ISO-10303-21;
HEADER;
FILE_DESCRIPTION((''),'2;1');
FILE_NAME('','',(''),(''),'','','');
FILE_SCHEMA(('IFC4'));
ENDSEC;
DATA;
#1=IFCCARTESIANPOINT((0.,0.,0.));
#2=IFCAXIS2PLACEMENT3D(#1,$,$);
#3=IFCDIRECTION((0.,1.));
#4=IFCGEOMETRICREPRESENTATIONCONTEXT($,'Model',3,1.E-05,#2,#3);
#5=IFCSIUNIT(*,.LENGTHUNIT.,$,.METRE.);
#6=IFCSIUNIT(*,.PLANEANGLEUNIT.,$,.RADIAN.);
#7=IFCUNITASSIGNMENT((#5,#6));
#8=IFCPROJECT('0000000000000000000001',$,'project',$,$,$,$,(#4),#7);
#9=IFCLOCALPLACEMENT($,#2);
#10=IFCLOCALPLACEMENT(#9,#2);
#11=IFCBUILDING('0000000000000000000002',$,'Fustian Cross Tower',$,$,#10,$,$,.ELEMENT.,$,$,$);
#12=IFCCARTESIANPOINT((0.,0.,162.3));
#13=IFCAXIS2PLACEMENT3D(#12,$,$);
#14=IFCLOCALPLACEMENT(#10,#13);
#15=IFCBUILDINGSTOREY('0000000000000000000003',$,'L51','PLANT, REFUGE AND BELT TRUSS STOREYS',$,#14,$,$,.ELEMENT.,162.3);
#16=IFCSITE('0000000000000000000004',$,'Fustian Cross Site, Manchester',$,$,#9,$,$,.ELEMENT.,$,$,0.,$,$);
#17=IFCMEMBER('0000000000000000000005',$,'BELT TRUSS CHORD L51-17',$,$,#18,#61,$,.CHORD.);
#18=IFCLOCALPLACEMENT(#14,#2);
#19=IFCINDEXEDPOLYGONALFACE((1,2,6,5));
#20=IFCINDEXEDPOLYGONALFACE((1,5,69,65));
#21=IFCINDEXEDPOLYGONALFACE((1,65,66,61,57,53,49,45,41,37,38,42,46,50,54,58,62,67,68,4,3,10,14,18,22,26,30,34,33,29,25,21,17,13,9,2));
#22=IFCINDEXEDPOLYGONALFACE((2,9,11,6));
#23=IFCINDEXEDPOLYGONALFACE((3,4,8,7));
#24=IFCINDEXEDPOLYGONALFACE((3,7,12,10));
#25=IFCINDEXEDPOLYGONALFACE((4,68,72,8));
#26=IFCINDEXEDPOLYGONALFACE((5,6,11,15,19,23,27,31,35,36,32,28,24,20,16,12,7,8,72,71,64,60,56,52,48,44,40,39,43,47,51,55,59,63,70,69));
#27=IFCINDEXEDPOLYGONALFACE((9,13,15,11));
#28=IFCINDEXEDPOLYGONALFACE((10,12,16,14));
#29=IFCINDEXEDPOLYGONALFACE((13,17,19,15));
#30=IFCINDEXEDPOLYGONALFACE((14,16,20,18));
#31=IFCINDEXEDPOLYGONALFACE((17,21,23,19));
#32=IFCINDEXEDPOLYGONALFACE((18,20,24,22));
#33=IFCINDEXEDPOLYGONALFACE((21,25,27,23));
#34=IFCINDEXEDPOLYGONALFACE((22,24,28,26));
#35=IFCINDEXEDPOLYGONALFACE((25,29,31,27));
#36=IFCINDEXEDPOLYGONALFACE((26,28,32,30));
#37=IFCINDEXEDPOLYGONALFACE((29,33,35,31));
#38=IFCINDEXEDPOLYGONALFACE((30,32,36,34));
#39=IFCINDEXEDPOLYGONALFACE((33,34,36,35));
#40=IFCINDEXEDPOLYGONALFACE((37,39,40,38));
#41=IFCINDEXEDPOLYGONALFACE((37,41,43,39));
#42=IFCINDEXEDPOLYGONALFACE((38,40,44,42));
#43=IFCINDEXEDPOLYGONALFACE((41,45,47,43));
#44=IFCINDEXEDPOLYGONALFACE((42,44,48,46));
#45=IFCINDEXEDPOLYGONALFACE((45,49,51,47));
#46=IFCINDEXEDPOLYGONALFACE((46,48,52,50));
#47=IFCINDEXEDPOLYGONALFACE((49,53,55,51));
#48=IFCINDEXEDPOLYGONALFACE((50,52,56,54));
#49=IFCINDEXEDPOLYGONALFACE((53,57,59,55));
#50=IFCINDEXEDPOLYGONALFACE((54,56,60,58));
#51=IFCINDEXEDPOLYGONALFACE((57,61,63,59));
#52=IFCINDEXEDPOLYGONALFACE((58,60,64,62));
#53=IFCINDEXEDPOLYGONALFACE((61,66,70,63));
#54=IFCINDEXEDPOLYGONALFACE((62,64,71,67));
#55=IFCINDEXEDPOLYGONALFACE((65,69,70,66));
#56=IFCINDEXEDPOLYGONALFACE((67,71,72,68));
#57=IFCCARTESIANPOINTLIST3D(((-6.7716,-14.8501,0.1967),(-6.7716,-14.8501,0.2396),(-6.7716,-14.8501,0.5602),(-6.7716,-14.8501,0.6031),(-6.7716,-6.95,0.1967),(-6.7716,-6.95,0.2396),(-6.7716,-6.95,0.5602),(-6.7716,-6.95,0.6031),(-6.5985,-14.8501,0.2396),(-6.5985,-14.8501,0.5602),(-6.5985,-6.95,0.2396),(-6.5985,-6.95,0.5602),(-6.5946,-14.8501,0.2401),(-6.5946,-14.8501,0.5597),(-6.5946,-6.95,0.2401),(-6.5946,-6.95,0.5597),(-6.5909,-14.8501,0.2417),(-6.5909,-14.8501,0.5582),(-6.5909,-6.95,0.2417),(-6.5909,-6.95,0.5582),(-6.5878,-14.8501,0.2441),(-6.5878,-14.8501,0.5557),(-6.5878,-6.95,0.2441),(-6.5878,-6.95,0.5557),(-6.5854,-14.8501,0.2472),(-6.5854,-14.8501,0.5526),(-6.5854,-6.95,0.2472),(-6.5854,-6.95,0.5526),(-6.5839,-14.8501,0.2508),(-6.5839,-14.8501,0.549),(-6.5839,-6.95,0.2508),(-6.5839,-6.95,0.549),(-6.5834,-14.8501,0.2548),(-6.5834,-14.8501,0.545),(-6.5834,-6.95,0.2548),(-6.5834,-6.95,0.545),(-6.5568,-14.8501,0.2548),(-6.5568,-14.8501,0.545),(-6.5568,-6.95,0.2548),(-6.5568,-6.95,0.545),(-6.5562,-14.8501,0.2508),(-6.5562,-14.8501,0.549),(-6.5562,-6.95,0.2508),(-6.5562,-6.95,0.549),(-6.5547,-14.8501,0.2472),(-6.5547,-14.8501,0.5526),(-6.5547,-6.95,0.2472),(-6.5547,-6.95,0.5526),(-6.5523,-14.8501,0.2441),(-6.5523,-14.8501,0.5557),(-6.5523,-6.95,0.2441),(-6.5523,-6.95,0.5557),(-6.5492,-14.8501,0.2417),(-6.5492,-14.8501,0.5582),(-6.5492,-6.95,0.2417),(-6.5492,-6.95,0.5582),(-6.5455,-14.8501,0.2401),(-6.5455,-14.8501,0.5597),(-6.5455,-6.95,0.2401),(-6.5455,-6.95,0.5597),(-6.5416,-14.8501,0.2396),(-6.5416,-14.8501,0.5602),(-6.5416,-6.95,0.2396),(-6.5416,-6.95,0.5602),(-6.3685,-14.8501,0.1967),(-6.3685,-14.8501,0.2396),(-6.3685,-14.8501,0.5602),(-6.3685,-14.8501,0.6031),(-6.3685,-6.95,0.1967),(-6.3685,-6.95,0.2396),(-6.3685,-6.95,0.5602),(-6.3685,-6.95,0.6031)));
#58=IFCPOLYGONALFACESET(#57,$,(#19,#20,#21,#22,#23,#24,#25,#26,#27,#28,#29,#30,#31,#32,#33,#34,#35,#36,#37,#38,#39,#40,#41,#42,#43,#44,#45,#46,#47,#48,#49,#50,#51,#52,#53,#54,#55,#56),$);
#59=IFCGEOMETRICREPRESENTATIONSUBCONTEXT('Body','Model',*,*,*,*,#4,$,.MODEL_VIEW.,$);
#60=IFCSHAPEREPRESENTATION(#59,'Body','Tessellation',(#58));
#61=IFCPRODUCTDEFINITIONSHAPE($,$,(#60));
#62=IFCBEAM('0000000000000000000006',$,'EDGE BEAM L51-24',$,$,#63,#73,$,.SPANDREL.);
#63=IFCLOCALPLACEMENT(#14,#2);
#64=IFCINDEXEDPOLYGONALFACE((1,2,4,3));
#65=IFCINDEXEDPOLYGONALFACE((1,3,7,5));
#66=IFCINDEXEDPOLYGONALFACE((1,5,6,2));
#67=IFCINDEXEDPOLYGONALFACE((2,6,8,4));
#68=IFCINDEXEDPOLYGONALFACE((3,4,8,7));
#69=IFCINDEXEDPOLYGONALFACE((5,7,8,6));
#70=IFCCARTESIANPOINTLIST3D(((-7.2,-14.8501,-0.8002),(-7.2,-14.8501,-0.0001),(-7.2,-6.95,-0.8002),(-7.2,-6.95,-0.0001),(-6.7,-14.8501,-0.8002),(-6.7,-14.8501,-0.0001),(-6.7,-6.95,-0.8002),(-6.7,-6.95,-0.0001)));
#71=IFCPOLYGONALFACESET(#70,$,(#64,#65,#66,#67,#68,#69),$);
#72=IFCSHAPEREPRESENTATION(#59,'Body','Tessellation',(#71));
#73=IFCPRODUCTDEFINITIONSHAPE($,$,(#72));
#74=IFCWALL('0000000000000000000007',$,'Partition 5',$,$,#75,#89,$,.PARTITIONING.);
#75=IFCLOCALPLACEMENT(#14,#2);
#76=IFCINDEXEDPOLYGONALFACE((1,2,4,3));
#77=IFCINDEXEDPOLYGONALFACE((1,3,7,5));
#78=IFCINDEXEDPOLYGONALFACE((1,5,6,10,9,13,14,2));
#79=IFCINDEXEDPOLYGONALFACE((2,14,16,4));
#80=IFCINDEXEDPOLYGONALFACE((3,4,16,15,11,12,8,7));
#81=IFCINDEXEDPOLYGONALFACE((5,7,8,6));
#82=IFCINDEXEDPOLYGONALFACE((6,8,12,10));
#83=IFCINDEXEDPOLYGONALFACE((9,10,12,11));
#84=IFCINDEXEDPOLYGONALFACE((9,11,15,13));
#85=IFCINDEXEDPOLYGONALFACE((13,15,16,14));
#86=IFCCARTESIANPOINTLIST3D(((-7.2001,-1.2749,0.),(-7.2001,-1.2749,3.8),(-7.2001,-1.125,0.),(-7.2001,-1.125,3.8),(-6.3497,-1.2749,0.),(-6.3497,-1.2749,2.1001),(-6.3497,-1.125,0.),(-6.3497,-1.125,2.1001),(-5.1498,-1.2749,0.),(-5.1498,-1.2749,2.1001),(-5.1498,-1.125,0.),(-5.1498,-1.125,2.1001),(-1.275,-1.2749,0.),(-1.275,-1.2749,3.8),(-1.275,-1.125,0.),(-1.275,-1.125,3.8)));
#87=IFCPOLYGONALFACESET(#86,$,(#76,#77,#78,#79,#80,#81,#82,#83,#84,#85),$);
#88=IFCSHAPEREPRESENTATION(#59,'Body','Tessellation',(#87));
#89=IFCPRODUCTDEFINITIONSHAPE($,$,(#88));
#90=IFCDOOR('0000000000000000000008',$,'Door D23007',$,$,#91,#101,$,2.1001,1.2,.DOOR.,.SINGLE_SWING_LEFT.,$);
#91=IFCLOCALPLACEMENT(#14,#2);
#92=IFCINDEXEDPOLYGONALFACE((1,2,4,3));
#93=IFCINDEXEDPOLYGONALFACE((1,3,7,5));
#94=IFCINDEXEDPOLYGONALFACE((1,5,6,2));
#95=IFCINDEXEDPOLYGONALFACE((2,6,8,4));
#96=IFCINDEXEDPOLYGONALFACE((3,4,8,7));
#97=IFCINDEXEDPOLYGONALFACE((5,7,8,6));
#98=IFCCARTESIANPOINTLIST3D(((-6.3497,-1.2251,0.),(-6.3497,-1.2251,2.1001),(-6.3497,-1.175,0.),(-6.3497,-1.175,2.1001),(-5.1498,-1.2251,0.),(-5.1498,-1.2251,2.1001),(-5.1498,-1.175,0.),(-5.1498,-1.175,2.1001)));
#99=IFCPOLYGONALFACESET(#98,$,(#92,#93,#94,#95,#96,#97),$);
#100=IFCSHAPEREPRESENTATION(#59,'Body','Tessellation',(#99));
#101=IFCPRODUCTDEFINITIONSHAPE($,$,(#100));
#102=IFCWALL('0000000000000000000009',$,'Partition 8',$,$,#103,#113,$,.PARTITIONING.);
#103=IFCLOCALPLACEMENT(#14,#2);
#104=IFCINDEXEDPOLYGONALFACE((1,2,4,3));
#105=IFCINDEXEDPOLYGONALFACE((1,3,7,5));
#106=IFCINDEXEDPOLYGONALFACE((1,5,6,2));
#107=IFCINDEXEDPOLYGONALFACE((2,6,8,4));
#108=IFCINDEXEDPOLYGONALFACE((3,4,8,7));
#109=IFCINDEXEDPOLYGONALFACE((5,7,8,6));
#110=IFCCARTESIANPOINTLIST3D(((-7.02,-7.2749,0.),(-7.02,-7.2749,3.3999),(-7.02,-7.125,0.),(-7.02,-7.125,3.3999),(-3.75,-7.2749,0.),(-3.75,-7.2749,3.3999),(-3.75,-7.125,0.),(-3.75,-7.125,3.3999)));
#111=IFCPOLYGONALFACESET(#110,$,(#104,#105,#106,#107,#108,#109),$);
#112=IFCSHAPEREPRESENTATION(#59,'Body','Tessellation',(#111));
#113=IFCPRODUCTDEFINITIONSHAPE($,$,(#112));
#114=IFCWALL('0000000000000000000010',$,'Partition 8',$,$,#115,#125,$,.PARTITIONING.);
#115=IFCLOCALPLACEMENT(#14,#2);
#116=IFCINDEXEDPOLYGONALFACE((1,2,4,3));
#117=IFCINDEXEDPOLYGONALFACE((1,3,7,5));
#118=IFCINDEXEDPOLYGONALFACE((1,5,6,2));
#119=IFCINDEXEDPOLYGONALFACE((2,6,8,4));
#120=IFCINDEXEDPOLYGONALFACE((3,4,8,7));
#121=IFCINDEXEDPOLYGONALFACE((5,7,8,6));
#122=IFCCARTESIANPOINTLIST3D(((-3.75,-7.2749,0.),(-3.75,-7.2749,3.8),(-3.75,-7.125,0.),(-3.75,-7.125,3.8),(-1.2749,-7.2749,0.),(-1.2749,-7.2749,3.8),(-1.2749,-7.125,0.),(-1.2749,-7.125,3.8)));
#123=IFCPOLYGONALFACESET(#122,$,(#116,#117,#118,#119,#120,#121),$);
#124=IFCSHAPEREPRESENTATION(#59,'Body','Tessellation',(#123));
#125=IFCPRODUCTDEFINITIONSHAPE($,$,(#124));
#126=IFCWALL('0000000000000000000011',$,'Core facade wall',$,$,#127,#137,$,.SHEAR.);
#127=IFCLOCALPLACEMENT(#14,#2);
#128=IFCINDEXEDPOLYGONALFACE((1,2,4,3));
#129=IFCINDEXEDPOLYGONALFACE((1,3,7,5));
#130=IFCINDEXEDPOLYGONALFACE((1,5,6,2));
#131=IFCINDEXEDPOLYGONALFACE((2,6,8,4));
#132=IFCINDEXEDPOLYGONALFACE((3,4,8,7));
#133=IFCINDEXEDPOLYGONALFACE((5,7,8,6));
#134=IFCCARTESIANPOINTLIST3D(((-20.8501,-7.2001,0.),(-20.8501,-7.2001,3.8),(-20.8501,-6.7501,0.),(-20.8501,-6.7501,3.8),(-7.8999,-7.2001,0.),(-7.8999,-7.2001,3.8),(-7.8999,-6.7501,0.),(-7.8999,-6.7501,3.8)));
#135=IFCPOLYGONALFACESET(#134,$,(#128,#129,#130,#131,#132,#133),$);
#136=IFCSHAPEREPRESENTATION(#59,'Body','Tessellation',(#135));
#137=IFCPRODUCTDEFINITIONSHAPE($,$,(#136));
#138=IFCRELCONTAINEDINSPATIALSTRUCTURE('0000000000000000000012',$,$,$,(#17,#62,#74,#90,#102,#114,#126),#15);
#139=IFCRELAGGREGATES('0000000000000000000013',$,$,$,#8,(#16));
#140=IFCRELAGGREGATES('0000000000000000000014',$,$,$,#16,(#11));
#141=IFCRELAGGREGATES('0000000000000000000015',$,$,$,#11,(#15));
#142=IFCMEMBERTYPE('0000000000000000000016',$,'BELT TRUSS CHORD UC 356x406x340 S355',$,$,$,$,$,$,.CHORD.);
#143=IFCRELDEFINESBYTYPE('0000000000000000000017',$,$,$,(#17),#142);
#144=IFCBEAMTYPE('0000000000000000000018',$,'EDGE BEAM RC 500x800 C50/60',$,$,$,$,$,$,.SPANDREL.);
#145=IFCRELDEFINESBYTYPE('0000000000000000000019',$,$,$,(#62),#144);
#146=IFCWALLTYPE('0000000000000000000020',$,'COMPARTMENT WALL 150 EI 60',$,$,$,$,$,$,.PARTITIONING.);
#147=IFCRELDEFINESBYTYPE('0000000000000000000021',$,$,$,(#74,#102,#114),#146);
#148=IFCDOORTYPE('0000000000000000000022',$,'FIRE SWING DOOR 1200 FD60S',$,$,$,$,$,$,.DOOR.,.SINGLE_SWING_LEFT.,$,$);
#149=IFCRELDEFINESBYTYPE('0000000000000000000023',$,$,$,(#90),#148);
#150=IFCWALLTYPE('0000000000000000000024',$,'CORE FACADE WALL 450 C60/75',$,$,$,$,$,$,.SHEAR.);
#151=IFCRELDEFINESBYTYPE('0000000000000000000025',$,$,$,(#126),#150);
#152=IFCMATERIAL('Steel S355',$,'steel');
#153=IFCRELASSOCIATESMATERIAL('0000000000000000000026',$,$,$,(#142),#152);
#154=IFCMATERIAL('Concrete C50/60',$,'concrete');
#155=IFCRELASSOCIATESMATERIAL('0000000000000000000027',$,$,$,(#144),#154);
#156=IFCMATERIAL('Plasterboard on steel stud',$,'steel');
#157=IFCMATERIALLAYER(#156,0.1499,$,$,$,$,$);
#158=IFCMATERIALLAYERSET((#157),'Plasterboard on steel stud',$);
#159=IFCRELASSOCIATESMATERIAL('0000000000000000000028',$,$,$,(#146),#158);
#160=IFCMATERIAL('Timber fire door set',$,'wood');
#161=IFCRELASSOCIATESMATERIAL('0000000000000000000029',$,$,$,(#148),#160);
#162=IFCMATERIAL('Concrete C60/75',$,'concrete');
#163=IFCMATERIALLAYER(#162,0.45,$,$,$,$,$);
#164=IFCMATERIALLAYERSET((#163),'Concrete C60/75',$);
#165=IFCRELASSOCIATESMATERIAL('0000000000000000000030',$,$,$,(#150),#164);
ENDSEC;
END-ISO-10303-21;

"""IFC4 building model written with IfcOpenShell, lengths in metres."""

from ifc_helpers import new_model, si_unit, direction, frame, frame_2d, origin, origin_2d, place, context, subcontext, project, spatial, rectangle, i_section, extrude, material, layer, layer_set, material_profile, profile_set, type_object, element, fill, save


model = new_model("IFC4")

# Units and contexts
model_context = context("Model", 3, precision=1e-05, world=origin(), true_north=direction((0.0, 1.0)))
body_context = subcontext(model_context, "Body", "Model", "MODEL_VIEW")
ifc_project = project(units=[si_unit("LENGTHUNIT", "METRE"), si_unit("PLANEANGLEUNIT", "RADIAN")], contexts=[model_context])

# Site, building, storey
site_placement = place(None, origin())
site = spatial("IfcSite", under=ifc_project, at=site_placement, Name="Fustian Cross Site, Manchester", CompositionType="ELEMENT", RefElevation=0.0)
building_placement = place(site_placement, origin())
building = spatial("IfcBuilding", under=site, at=building_placement, Name="Fustian Cross Tower", CompositionType="ELEMENT")
storey_placement = place(building_placement, frame((0.0, 0.0, 162.3)))
storey = spatial("IfcBuildingStorey", under=building, at=storey_placement, Name="L51", Description="PLANT, REFUGE AND BELT TRUSS STOREYS", CompositionType="ELEMENT", Elevation=162.3)

# Member
ifc_material_1 = material(Name="Steel S355", Category="steel")
ifc_material_profile_1 = material_profile(ifc_material_1, i_section(OverallWidth=0.4031, OverallDepth=0.4065, WebThickness=0.0266, FlangeThickness=0.043, FilletRadius=0.0151, at=origin_2d()), Name="UC 356x406x340")
ifc_profile_set_1 = profile_set([ifc_material_profile_1], Name="Steel S355")
member_type_1 = type_object("IfcMemberType", Name="BELT TRUSS CHORD UC 356x406x340 S355", PredefinedType="CHORD", material=ifc_profile_set_1)
for number, where, z_axis, x_axis, name in (
    (1, (-6.5701, -6.95, 0.3999), (0.0, -1.0, 0.0), (1.0, 0.0, 0.0), "BELT TRUSS CHORD L51-17"),
):
    element("IfcMember", number, at=place(storey_placement, frame(where, z_axis=z_axis, x_axis=x_axis)), inside=storey, type_object=member_type_1, Name=name, PredefinedType="CHORD", context=body_context, shape_type="SweptSolid", body=[
        extrude(i_section(OverallWidth=0.4031, OverallDepth=0.4065, WebThickness=0.0266, FlangeThickness=0.043, FilletRadius=0.0151, at=origin_2d()), origin(), (0.0, 0.0, 1.0), 7.9001),
    ])

# Beam
ifc_material_2 = material(Name="Concrete C50/60", Category="concrete")
ifc_material_profile_2 = material_profile(ifc_material_2, rectangle(XDim=0.5, YDim=0.8, at=origin_2d()), Name="RC 500x800")
ifc_profile_set_2 = profile_set([ifc_material_profile_2], Name="Concrete C50/60")
beam_type = type_object("IfcBeamType", Name="EDGE BEAM RC 500x800 C50/60", PredefinedType="SPANDREL", material=ifc_profile_set_2)
beam_placement = place(storey_placement, frame((-6.95, -6.95, -0.4001), z_axis=(0.0, -1.0, 0.0), x_axis=(1.0, 0.0, 0.0)))
element("IfcBeam", 2, at=beam_placement, inside=storey, type_object=beam_type, Name="EDGE BEAM L51-24", PredefinedType="SPANDREL", context=body_context, shape_type="SweptSolid", body=[
    extrude(rectangle(XDim=0.5, YDim=0.8, at=origin_2d()), origin(), (0.0, 0.0, 1.0), 7.9001),
])

# Wall, opening, door
ifc_material_3 = material(Name="Plasterboard on steel stud", Category="steel")
ifc_layer_1 = layer(ifc_material_3, 0.1499)
ifc_layer_set_1 = layer_set([ifc_layer_1], Name="Plasterboard on steel stud")
wall_type_1 = type_object("IfcWallType", Name="COMPARTMENT WALL 150 EI 60", PredefinedType="PARTITIONING", material=ifc_layer_set_1)
wall_1_placement = place(storey_placement, frame((-7.2, -1.2, 0.0), z_axis=(0.0, 0.0, 1.0), x_axis=(1.0, 0.0, 0.0)))
wall_1 = element("IfcWall", 3, at=wall_1_placement, inside=storey, type_object=wall_type_1, Name="Partition 5", PredefinedType="PARTITIONING", context=body_context, shape_type="SweptSolid", body=[
    extrude(rectangle(XDim=5.925, YDim=0.1499, at=frame_2d((2.9624, 0.0))), origin(), (0.0, 0.0, 1.0), 3.8),
])
opening_1_placement = place(wall_1_placement, frame((0.8501, 0.0, 0.0)))
opening_1 = element("IfcOpeningElement", 4, at=opening_1_placement, cuts=wall_1, PredefinedType="OPENING", context=body_context, shape_type="SweptSolid", body=[
    extrude(rectangle(XDim=1.2, YDim=2.1001, at=frame_2d((0.6001, 1.05))), frame((0.0, 0.085, 0.0), z_axis=(0.0, -1.0, 0.0), x_axis=(1.0, 0.0, 0.0)), (0.0, 0.0, 1.0), 0.1699),
])
ifc_material_4 = material(Name="Timber fire door set", Category="wood")
door_type_1 = type_object("IfcDoorType", Name="FIRE SWING DOOR 1200 FD60S", OperationType="SINGLE_SWING_LEFT", PredefinedType="DOOR", material=ifc_material_4)
door_1_placement = place(opening_1_placement, origin())
door_1 = element("IfcDoor", 5, at=door_1_placement, inside=storey, type_object=door_type_1, Name="Door D23007", OperationType="SINGLE_SWING_LEFT", OverallHeight=2.1001, OverallWidth=1.2, PredefinedType="DOOR", context=body_context, shape_type="SweptSolid", body=[
    extrude(rectangle(XDim=1.2, YDim=2.1001, at=frame_2d((0.6001, 1.05))), frame((0.0, 0.0249, 0.0), z_axis=(0.0, -1.0, 0.0), x_axis=(1.0, 0.0, 0.0)), (0.0, 0.0, 1.0), 0.05),
])
fill(opening_1, door_1)

# Walls
wall_2_placement = place(storey_placement, frame((-7.02, -7.2, 0.0), z_axis=(0.0, 0.0, 1.0), x_axis=(1.0, 0.0, 0.0)))
element("IfcWall", 6, at=wall_2_placement, inside=storey, type_object=wall_type_1, Name="Partition 8", PredefinedType="PARTITIONING", context=body_context, shape_type="SweptSolid", body=[
    extrude(rectangle(XDim=3.27, YDim=0.1499, at=frame_2d((1.635, 0.0))), origin(), (0.0, 0.0, 1.0), 3.3999),
])
wall_3_placement = place(storey_placement, frame((-3.75, -7.2, 0.0), z_axis=(0.0, 0.0, 1.0), x_axis=(1.0, 0.0, 0.0)))
element("IfcWall", 7, at=wall_3_placement, inside=storey, type_object=wall_type_1, Name="Partition 8", PredefinedType="PARTITIONING", context=body_context, shape_type="SweptSolid", body=[
    extrude(rectangle(XDim=2.4751, YDim=0.1499, at=frame_2d((1.2375, 0.0))), origin(), (0.0, 0.0, 1.0), 3.8),
])
ifc_material_5 = material(Name="Concrete C60/75", Category="concrete")
ifc_layer_2 = layer(ifc_material_5, 0.45)
ifc_layer_set_2 = layer_set([ifc_layer_2], Name="Concrete C60/75")
wall_type_2 = type_object("IfcWallType", Name="CORE FACADE WALL 450 C60/75", PredefinedType="SHEAR", material=ifc_layer_set_2)
wall_4_placement = place(storey_placement, frame((-7.8999, -6.9751, 0.0), z_axis=(0.0, 0.0, 1.0), x_axis=(-1.0, 0.0, 0.0)))
element("IfcWall", 8, at=wall_4_placement, inside=storey, type_object=wall_type_2, Name="Core facade wall", PredefinedType="SHEAR", context=body_context, shape_type="SweptSolid", body=[
    extrude(rectangle(XDim=12.9502, YDim=0.45, at=frame_2d((6.4751, 0.0))), origin(), (0.0, 0.0, 1.0), 3.8),
])

save(model, "model.ifc")
